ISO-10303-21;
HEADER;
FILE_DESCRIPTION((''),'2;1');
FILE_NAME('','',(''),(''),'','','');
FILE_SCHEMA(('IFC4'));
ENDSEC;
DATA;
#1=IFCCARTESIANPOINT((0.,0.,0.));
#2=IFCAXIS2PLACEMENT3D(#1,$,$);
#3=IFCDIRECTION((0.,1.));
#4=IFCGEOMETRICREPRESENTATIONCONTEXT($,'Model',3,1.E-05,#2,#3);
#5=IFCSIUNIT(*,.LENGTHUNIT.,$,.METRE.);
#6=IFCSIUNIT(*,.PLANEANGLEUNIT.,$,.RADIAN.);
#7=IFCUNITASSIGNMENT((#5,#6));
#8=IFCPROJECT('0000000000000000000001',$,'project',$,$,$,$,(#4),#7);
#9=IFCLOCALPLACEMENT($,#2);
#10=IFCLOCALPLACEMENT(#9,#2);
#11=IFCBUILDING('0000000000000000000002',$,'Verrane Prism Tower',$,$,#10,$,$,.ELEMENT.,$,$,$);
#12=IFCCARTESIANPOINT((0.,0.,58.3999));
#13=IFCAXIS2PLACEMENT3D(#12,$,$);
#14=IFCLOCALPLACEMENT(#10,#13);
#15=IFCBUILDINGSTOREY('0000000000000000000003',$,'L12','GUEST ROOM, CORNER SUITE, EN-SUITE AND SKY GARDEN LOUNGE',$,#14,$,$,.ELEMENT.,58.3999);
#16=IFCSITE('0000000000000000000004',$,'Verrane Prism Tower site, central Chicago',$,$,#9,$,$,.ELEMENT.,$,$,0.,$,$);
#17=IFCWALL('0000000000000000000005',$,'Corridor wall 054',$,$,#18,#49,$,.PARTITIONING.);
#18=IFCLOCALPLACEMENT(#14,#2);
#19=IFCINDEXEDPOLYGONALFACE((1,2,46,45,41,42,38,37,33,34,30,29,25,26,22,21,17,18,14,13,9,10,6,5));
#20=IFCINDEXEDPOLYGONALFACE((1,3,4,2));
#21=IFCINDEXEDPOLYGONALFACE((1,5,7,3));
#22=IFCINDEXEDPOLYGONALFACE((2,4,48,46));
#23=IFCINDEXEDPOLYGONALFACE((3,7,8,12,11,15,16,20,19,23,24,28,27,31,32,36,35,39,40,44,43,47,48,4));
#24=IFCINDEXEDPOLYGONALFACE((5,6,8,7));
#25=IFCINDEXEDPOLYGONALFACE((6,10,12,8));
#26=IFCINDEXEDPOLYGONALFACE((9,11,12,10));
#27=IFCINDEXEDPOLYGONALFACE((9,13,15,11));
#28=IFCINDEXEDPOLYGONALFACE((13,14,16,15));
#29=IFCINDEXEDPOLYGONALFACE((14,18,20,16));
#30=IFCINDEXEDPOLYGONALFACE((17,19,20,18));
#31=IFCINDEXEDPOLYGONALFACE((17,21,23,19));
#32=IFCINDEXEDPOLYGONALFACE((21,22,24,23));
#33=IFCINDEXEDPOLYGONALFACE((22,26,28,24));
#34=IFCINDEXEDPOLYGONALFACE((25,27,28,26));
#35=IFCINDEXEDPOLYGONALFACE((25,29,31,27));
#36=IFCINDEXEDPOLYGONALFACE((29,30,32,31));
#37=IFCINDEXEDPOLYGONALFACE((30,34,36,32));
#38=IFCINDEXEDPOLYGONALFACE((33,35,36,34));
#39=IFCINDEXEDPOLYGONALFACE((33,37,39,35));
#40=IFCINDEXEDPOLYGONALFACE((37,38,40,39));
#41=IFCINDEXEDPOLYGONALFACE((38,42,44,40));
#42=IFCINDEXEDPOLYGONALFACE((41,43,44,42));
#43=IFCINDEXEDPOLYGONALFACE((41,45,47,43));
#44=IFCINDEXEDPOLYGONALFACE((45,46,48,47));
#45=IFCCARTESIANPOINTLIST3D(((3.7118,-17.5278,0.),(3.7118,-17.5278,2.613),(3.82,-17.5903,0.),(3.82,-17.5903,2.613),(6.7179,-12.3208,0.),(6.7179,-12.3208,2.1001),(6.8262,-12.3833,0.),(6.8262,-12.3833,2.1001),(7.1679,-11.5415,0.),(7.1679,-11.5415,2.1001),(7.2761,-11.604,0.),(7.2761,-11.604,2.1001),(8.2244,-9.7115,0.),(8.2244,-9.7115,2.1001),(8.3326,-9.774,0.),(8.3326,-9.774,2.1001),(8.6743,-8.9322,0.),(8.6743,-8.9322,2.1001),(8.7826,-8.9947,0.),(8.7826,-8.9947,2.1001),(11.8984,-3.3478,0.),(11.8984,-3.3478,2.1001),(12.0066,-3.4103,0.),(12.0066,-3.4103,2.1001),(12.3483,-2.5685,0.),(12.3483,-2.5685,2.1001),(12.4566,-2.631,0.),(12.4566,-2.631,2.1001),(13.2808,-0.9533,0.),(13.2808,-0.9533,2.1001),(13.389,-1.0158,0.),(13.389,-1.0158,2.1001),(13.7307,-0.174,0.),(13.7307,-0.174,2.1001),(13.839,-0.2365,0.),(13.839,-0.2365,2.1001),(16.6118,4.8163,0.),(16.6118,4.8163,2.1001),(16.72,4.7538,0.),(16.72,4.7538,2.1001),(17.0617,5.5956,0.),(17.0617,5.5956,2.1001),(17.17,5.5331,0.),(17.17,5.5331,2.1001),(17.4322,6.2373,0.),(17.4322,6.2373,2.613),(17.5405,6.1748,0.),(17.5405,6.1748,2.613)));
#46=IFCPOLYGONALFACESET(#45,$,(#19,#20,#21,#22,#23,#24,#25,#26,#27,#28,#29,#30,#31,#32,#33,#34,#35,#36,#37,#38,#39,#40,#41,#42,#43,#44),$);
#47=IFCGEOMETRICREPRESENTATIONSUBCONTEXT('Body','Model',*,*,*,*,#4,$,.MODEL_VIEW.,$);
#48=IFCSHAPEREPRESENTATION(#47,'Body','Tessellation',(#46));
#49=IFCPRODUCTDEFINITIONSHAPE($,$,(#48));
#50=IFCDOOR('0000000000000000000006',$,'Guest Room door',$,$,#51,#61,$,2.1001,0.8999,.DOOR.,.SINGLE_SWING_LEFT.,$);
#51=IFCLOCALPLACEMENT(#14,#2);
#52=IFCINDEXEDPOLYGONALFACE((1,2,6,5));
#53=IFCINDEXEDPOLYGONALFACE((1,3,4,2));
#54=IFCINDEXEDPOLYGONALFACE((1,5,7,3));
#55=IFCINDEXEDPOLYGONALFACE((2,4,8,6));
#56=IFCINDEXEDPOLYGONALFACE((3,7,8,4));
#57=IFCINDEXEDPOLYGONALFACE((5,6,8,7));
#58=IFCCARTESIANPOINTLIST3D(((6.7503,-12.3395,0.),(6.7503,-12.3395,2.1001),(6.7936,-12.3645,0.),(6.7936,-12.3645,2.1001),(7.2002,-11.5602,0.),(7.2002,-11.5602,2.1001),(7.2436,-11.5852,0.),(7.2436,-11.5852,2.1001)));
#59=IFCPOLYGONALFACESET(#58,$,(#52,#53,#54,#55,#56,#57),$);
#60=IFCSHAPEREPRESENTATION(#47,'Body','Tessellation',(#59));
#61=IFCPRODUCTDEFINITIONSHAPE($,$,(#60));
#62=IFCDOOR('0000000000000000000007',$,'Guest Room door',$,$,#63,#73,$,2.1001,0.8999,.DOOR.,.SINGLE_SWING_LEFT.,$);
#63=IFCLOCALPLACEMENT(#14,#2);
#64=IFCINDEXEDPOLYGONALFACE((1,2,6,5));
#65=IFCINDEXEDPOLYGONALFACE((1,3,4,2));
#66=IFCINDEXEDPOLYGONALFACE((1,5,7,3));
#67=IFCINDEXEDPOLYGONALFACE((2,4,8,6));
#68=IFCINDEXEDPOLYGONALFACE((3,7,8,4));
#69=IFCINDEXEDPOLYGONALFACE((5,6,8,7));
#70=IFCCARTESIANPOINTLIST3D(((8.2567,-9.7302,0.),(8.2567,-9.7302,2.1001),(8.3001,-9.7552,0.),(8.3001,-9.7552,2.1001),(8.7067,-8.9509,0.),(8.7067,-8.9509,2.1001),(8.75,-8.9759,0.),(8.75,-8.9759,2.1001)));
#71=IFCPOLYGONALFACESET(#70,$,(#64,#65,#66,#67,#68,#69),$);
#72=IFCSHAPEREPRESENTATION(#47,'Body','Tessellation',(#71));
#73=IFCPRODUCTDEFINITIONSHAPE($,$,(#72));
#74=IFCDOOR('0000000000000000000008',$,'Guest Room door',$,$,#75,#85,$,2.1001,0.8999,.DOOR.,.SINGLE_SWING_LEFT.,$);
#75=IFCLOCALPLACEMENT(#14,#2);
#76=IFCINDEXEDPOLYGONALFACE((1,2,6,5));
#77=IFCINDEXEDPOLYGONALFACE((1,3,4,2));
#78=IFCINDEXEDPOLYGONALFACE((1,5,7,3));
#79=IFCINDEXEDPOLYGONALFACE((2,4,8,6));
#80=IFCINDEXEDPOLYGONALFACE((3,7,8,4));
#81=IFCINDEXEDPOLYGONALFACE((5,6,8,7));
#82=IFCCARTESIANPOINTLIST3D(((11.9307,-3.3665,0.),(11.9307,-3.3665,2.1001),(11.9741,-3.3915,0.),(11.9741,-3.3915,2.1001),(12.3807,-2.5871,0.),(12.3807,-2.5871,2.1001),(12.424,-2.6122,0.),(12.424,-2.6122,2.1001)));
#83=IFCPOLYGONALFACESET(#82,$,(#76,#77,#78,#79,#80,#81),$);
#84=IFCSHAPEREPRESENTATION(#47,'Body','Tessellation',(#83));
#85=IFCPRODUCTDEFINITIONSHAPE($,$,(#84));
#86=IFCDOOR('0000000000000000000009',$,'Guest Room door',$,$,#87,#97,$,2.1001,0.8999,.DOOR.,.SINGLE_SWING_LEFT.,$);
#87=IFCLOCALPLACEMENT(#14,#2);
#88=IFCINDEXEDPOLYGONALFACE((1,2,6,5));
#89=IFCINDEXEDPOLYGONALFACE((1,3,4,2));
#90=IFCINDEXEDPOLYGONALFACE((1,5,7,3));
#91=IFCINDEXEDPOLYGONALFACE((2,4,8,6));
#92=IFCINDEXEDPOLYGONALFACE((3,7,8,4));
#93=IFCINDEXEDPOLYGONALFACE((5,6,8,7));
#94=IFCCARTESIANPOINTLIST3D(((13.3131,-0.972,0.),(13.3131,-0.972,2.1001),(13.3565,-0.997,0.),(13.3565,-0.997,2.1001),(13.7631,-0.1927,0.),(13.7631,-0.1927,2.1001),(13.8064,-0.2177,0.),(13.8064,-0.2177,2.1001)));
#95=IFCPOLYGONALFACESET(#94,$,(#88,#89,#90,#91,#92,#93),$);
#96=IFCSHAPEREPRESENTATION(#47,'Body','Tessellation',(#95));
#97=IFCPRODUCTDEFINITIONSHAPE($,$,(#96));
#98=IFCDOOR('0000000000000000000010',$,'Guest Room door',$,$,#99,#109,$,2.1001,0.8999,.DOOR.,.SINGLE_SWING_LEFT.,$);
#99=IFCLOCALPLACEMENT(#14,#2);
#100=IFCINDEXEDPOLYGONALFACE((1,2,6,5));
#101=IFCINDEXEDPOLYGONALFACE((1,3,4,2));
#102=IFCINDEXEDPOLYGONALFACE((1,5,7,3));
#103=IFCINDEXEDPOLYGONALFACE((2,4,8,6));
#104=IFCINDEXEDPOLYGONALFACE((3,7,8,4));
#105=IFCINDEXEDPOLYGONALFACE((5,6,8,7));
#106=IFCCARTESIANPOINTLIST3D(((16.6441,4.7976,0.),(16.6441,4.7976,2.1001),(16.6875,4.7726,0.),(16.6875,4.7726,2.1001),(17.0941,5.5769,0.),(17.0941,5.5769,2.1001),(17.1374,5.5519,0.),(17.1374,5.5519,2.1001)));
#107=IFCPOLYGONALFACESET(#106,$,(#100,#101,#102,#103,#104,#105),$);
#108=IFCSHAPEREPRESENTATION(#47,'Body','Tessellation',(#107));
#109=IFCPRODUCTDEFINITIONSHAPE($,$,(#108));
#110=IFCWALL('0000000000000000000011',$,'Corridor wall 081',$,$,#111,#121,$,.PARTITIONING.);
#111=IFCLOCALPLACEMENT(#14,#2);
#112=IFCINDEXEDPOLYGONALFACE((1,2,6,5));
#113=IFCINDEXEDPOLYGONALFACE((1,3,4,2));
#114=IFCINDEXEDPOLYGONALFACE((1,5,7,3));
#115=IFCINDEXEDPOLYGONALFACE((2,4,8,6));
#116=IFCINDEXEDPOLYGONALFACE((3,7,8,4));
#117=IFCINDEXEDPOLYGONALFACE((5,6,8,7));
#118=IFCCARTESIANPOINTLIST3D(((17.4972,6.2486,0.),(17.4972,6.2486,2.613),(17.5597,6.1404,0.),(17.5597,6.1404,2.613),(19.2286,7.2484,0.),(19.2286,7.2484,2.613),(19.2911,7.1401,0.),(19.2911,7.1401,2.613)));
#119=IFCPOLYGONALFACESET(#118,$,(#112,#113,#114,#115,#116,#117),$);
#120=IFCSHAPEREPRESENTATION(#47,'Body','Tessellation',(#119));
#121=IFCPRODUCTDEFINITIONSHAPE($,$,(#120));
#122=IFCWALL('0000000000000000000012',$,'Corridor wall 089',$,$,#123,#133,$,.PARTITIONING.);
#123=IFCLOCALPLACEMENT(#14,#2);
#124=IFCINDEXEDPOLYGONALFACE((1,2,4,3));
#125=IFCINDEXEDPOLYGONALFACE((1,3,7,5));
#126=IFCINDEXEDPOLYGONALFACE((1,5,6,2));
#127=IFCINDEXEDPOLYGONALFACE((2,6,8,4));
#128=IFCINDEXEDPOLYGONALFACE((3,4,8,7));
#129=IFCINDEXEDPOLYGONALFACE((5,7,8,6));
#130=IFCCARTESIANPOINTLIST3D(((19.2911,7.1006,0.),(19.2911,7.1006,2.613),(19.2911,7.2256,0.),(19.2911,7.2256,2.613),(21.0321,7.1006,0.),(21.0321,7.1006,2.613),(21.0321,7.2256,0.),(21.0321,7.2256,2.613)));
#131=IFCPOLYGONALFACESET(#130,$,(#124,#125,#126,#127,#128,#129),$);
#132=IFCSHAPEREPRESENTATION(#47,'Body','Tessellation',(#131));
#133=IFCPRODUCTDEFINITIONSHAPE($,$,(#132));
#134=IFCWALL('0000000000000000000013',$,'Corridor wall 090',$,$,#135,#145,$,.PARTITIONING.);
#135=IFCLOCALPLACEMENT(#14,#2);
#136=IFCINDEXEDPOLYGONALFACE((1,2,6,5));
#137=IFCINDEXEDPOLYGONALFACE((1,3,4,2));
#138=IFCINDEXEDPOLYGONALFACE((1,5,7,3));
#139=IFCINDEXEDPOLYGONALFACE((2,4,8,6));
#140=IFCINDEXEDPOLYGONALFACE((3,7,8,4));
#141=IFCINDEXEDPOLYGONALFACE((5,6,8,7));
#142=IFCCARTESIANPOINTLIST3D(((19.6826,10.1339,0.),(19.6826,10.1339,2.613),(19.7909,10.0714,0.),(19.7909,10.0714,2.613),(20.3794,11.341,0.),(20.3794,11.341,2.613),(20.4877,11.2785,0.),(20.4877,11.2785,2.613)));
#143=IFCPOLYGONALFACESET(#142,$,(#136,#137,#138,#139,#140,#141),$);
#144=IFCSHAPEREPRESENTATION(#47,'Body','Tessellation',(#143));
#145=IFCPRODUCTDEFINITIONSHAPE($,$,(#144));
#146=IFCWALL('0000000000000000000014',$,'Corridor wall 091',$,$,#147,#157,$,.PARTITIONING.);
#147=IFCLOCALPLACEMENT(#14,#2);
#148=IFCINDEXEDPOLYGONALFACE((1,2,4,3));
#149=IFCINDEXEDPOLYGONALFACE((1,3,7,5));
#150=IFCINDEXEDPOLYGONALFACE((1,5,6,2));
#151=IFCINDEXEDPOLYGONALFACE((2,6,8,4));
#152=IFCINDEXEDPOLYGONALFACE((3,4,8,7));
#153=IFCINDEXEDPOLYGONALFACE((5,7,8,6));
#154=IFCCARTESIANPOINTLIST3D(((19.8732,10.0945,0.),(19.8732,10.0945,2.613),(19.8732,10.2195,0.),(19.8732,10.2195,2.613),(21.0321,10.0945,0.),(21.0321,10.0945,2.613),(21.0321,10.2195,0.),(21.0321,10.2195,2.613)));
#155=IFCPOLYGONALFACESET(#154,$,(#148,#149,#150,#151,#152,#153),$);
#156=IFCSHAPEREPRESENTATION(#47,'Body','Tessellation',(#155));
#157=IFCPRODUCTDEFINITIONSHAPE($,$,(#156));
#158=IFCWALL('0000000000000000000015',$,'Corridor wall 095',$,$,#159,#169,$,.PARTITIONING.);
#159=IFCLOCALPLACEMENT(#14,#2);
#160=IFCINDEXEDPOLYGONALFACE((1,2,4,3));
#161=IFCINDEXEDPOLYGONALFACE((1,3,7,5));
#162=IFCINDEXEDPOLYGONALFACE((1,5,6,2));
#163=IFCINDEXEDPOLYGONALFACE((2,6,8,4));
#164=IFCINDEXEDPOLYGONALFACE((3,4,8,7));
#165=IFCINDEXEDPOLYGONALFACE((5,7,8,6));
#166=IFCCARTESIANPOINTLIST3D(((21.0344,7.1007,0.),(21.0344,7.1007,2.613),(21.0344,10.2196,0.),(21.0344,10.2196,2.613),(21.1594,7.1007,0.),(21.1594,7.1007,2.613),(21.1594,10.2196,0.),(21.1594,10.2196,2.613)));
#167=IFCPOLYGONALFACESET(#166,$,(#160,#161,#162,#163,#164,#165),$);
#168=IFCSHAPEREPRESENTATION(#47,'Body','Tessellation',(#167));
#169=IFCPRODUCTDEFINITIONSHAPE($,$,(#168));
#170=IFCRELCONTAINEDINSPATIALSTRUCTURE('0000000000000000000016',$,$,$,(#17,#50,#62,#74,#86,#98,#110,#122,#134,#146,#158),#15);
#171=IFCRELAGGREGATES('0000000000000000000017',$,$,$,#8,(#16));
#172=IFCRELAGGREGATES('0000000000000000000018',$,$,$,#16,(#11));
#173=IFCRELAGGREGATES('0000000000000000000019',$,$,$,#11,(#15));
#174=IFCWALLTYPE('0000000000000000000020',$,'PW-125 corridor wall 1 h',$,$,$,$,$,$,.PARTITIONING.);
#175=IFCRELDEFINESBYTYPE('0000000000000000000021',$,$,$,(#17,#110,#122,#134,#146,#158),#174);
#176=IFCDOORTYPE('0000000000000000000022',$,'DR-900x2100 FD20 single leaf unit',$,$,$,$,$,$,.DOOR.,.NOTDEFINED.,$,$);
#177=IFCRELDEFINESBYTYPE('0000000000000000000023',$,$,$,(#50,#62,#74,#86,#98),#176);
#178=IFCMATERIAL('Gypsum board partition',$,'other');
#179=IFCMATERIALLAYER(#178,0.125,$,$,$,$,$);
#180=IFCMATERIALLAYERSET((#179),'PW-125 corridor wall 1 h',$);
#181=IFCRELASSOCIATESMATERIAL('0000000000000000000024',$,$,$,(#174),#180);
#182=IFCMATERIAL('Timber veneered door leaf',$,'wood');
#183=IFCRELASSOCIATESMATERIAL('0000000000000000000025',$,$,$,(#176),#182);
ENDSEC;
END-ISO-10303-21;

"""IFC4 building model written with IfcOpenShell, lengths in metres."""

from ifc_helpers import new_model, si_unit, direction, frame, frame_2d, origin, place, context, subcontext, project, spatial, rectangle, extrude, material, layer, layer_set, type_object, element, fill, save


model = new_model("IFC4")

# Units and contexts
model_context = context("Model", 3, precision=1e-05, world=origin(), true_north=direction((0.0, 1.0)))
body_context = subcontext(model_context, "Body", "Model", "MODEL_VIEW")
ifc_project = project(units=[si_unit("LENGTHUNIT", "METRE"), si_unit("PLANEANGLEUNIT", "RADIAN")], contexts=[model_context])

# Site, building, storey
site_placement = place(None, origin())
site = spatial("IfcSite", under=ifc_project, at=site_placement, Name="Verrane Prism Tower site, central Chicago", CompositionType="ELEMENT", RefElevation=0.0)
building_placement = place(site_placement, origin())
building = spatial("IfcBuilding", under=site, at=building_placement, Name="Verrane Prism Tower", CompositionType="ELEMENT")
storey_placement = place(building_placement, frame((0.0, 0.0, 58.3999)))
storey = spatial("IfcBuildingStorey", under=building, at=storey_placement, Name="L12", Description="GUEST ROOM, CORNER SUITE, EN-SUITE AND SKY GARDEN LOUNGE", CompositionType="ELEMENT", Elevation=58.3999)

# Wall, openings, doors
ifc_material_1 = material(Name="Gypsum board partition", Category="other")
ifc_layer_1 = layer(ifc_material_1, 0.125)
ifc_layer_set_1 = layer_set([ifc_layer_1], Name="PW-125 corridor wall 1 h")
wall_type_1 = type_object("IfcWallType", Name="PW-125 corridor wall 1 h", PredefinedType="PARTITIONING", material=ifc_layer_set_1)
wall_1_placement = place(storey_placement, frame((17.4863, 6.2061, 0.0), z_axis=(0.0, 0.0, 1.0), x_axis=(-0.49999, -0.866031, 0.0)))
wall_1 = element("IfcWall", 1, at=wall_1_placement, inside=storey, type_object=wall_type_1, Name="Corridor wall 054", PredefinedType="PARTITIONING", context=body_context, shape_type="SweptSolid", body=[
    extrude(rectangle(XDim=27.4414, YDim=0.125, at=frame_2d((13.7207, 0.0))), origin(), (0.0, 0.0, 1.0), 2.613),
])
opening_1_placement = place(wall_1_placement, frame((20.5291, 0.0, 0.0)))
opening_1 = element("IfcOpeningElement", 2, at=opening_1_placement, cuts=wall_1, PredefinedType="OPENING", context=body_context, shape_type="SweptSolid", body=[
    extrude(rectangle(XDim=0.8999, YDim=2.1001, at=frame_2d((0.45, 1.05))), frame((0.0, 0.0725, 0.0), z_axis=(0.0, -1.0, 0.0), x_axis=(1.0, 0.0, 0.0)), (0.0, 0.0, 1.0), 0.145),
])
opening_2_placement = place(wall_1_placement, frame((17.5161, 0.0, 0.0)))
opening_2 = element("IfcOpeningElement", 3, at=opening_2_placement, cuts=wall_1, PredefinedType="OPENING", context=body_context, shape_type="SweptSolid", body=[
    extrude(rectangle(XDim=0.8999, YDim=2.1001, at=frame_2d((0.45, 1.05))), frame((0.0, 0.0725, 0.0), z_axis=(0.0, -1.0, 0.0), x_axis=(1.0, 0.0, 0.0)), (0.0, 0.0, 1.0), 0.145),
])
opening_3_placement = place(wall_1_placement, frame((10.168, 0.0, 0.0)))
opening_3 = element("IfcOpeningElement", 4, at=opening_3_placement, cuts=wall_1, PredefinedType="OPENING", context=body_context, shape_type="SweptSolid", body=[
    extrude(rectangle(XDim=0.8999, YDim=2.1001, at=frame_2d((0.45, 1.05))), frame((0.0, 0.0725, 0.0), z_axis=(0.0, -1.0, 0.0), x_axis=(1.0, 0.0, 0.0)), (0.0, 0.0, 1.0), 0.145),
])
opening_4_placement = place(wall_1_placement, frame((7.4031, 0.0, 0.0)))
opening_4 = element("IfcOpeningElement", 5, at=opening_4_placement, cuts=wall_1, PredefinedType="OPENING", context=body_context, shape_type="SweptSolid", body=[
    extrude(rectangle(XDim=0.8999, YDim=2.1001, at=frame_2d((0.45, 1.05))), frame((0.0, 0.0725, 0.0), z_axis=(0.0, -1.0, 0.0), x_axis=(1.0, 0.0, 0.0)), (0.0, 0.0, 1.0), 0.145),
])
opening_5_placement = place(wall_1_placement, frame((0.741, 0.0, 0.0)))
opening_5 = element("IfcOpeningElement", 6, at=opening_5_placement, cuts=wall_1, PredefinedType="OPENING", context=body_context, shape_type="SweptSolid", body=[
    extrude(rectangle(XDim=0.8999, YDim=2.1001, at=frame_2d((0.45, 1.05))), frame((0.0, 0.0725, 0.0), z_axis=(0.0, -1.0, 0.0), x_axis=(1.0, 0.0, 0.0)), (0.0, 0.0, 1.0), 0.145),
])
ifc_material_2 = material(Name="Timber veneered door leaf", Category="wood")
door_type_1 = type_object("IfcDoorType", Name="DR-900x2100 FD20 single leaf unit", OperationType="NOTDEFINED", PredefinedType="DOOR", material=ifc_material_2)
door_1_placement = place(opening_1_placement, origin())
door_1 = element("IfcDoor", 7, at=door_1_placement, inside=storey, type_object=door_type_1, Name="Guest Room door", OperationType="SINGLE_SWING_LEFT", OverallHeight=2.1001, OverallWidth=0.8999, PredefinedType="DOOR", context=body_context, shape_type="SweptSolid", body=[
    extrude(rectangle(XDim=0.8999, YDim=2.1001, at=frame_2d((0.45, 1.05))), frame((0.0, 0.0249, 0.0), z_axis=(0.0, -1.0, 0.0), x_axis=(1.0, 0.0, 0.0)), (0.0, 0.0, 1.0), 0.05),
])
fill(opening_1, door_1)
door_2_placement = place(opening_2_placement, origin())
door_2 = element("IfcDoor", 8, at=door_2_placement, inside=storey, type_object=door_type_1, Name="Guest Room door", OperationType="SINGLE_SWING_LEFT", OverallHeight=2.1001, OverallWidth=0.8999, PredefinedType="DOOR", context=body_context, shape_type="SweptSolid", body=[
    extrude(rectangle(XDim=0.8999, YDim=2.1001, at=frame_2d((0.45, 1.05))), frame((0.0, 0.0249, 0.0), z_axis=(0.0, -1.0, 0.0), x_axis=(1.0, 0.0, 0.0)), (0.0, 0.0, 1.0), 0.05),
])
fill(opening_2, door_2)
door_3_placement = place(opening_3_placement, origin())
door_3 = element("IfcDoor", 9, at=door_3_placement, inside=storey, type_object=door_type_1, Name="Guest Room door", OperationType="SINGLE_SWING_LEFT", OverallHeight=2.1001, OverallWidth=0.8999, PredefinedType="DOOR", context=body_context, shape_type="SweptSolid", body=[
    extrude(rectangle(XDim=0.8999, YDim=2.1001, at=frame_2d((0.45, 1.05))), frame((0.0, 0.0249, 0.0), z_axis=(0.0, -1.0, 0.0), x_axis=(1.0, 0.0, 0.0)), (0.0, 0.0, 1.0), 0.05),
])
fill(opening_3, door_3)
door_4_placement = place(opening_4_placement, origin())
door_4 = element("IfcDoor", 10, at=door_4_placement, inside=storey, type_object=door_type_1, Name="Guest Room door", OperationType="SINGLE_SWING_LEFT", OverallHeight=2.1001, OverallWidth=0.8999, PredefinedType="DOOR", context=body_context, shape_type="SweptSolid", body=[
    extrude(rectangle(XDim=0.8999, YDim=2.1001, at=frame_2d((0.45, 1.05))), frame((0.0, 0.0249, 0.0), z_axis=(0.0, -1.0, 0.0), x_axis=(1.0, 0.0, 0.0)), (0.0, 0.0, 1.0), 0.05),
])
fill(opening_4, door_4)
door_5_placement = place(opening_5_placement, origin())
door_5 = element("IfcDoor", 11, at=door_5_placement, inside=storey, type_object=door_type_1, Name="Guest Room door", OperationType="SINGLE_SWING_LEFT", OverallHeight=2.1001, OverallWidth=0.8999, PredefinedType="DOOR", context=body_context, shape_type="SweptSolid", body=[
    extrude(rectangle(XDim=0.8999, YDim=2.1001, at=frame_2d((0.45, 1.05))), frame((0.0, 0.0249, 0.0), z_axis=(0.0, -1.0, 0.0), x_axis=(1.0, 0.0, 0.0)), (0.0, 0.0, 1.0), 0.05),
])
fill(opening_5, door_5)

# Walls
wall_2_placement = place(storey_placement, frame((17.5286, 6.1946, 0.0), z_axis=(0.0, 0.0, 1.0), x_axis=(0.866003, 0.50004, 0.0)))
element("IfcWall", 12, at=wall_2_placement, inside=storey, type_object=wall_type_1, Name="Corridor wall 081", PredefinedType="PARTITIONING", context=body_context, shape_type="SweptSolid", body=[
    extrude(rectangle(XDim=1.9993, YDim=0.125, at=frame_2d((0.9995, 0.0))), origin(), (0.0, 0.0, 1.0), 2.613),
])
wall_3_placement = place(storey_placement, frame((19.291, 7.1631, 0.0), z_axis=(0.0, 0.0, 1.0), x_axis=(1.0, 0.0, 0.0)))
element("IfcWall", 13, at=wall_3_placement, inside=storey, type_object=wall_type_1, Name="Corridor wall 089", PredefinedType="PARTITIONING", context=body_context, shape_type="SweptSolid", body=[
    extrude(rectangle(XDim=1.741, YDim=0.125, at=frame_2d((0.8706, 0.0))), origin(), (0.0, 0.0, 1.0), 2.613),
])
wall_4_placement = place(storey_placement, frame((19.7368, 10.1028, 0.0), z_axis=(0.0, 0.0, 1.0), x_axis=(0.499945, 0.866057, 0.0)))
element("IfcWall", 14, at=wall_4_placement, inside=storey, type_object=wall_type_1, Name="Corridor wall 090", PredefinedType="PARTITIONING", context=body_context, shape_type="SweptSolid", body=[
    extrude(rectangle(XDim=1.3938, YDim=0.125, at=frame_2d((0.6968, 0.0))), origin(), (0.0, 0.0, 1.0), 2.613),
])
wall_5_placement = place(storey_placement, frame((19.873, 10.157, 0.0), z_axis=(0.0, 0.0, 1.0), x_axis=(1.0, 0.0, 0.0)))
element("IfcWall", 15, at=wall_5_placement, inside=storey, type_object=wall_type_1, Name="Corridor wall 091", PredefinedType="PARTITIONING", context=body_context, shape_type="SweptSolid", body=[
    extrude(rectangle(XDim=1.1589, YDim=0.125, at=frame_2d((0.5796, 0.0))), origin(), (0.0, 0.0, 1.0), 2.613),
])
wall_6_placement = place(storey_placement, frame((21.0969, 7.1006, 0.0), z_axis=(0.0, 0.0, 1.0), x_axis=(0.0, 1.0, 0.0)))
element("IfcWall", 16, at=wall_6_placement, inside=storey, type_object=wall_type_1, Name="Corridor wall 095", PredefinedType="PARTITIONING", context=body_context, shape_type="SweptSolid", body=[
    extrude(rectangle(XDim=3.1189, YDim=0.125, at=frame_2d((1.5596, 0.0))), origin(), (0.0, 0.0, 1.0), 2.613),
])

save(model, "model.ifc")
